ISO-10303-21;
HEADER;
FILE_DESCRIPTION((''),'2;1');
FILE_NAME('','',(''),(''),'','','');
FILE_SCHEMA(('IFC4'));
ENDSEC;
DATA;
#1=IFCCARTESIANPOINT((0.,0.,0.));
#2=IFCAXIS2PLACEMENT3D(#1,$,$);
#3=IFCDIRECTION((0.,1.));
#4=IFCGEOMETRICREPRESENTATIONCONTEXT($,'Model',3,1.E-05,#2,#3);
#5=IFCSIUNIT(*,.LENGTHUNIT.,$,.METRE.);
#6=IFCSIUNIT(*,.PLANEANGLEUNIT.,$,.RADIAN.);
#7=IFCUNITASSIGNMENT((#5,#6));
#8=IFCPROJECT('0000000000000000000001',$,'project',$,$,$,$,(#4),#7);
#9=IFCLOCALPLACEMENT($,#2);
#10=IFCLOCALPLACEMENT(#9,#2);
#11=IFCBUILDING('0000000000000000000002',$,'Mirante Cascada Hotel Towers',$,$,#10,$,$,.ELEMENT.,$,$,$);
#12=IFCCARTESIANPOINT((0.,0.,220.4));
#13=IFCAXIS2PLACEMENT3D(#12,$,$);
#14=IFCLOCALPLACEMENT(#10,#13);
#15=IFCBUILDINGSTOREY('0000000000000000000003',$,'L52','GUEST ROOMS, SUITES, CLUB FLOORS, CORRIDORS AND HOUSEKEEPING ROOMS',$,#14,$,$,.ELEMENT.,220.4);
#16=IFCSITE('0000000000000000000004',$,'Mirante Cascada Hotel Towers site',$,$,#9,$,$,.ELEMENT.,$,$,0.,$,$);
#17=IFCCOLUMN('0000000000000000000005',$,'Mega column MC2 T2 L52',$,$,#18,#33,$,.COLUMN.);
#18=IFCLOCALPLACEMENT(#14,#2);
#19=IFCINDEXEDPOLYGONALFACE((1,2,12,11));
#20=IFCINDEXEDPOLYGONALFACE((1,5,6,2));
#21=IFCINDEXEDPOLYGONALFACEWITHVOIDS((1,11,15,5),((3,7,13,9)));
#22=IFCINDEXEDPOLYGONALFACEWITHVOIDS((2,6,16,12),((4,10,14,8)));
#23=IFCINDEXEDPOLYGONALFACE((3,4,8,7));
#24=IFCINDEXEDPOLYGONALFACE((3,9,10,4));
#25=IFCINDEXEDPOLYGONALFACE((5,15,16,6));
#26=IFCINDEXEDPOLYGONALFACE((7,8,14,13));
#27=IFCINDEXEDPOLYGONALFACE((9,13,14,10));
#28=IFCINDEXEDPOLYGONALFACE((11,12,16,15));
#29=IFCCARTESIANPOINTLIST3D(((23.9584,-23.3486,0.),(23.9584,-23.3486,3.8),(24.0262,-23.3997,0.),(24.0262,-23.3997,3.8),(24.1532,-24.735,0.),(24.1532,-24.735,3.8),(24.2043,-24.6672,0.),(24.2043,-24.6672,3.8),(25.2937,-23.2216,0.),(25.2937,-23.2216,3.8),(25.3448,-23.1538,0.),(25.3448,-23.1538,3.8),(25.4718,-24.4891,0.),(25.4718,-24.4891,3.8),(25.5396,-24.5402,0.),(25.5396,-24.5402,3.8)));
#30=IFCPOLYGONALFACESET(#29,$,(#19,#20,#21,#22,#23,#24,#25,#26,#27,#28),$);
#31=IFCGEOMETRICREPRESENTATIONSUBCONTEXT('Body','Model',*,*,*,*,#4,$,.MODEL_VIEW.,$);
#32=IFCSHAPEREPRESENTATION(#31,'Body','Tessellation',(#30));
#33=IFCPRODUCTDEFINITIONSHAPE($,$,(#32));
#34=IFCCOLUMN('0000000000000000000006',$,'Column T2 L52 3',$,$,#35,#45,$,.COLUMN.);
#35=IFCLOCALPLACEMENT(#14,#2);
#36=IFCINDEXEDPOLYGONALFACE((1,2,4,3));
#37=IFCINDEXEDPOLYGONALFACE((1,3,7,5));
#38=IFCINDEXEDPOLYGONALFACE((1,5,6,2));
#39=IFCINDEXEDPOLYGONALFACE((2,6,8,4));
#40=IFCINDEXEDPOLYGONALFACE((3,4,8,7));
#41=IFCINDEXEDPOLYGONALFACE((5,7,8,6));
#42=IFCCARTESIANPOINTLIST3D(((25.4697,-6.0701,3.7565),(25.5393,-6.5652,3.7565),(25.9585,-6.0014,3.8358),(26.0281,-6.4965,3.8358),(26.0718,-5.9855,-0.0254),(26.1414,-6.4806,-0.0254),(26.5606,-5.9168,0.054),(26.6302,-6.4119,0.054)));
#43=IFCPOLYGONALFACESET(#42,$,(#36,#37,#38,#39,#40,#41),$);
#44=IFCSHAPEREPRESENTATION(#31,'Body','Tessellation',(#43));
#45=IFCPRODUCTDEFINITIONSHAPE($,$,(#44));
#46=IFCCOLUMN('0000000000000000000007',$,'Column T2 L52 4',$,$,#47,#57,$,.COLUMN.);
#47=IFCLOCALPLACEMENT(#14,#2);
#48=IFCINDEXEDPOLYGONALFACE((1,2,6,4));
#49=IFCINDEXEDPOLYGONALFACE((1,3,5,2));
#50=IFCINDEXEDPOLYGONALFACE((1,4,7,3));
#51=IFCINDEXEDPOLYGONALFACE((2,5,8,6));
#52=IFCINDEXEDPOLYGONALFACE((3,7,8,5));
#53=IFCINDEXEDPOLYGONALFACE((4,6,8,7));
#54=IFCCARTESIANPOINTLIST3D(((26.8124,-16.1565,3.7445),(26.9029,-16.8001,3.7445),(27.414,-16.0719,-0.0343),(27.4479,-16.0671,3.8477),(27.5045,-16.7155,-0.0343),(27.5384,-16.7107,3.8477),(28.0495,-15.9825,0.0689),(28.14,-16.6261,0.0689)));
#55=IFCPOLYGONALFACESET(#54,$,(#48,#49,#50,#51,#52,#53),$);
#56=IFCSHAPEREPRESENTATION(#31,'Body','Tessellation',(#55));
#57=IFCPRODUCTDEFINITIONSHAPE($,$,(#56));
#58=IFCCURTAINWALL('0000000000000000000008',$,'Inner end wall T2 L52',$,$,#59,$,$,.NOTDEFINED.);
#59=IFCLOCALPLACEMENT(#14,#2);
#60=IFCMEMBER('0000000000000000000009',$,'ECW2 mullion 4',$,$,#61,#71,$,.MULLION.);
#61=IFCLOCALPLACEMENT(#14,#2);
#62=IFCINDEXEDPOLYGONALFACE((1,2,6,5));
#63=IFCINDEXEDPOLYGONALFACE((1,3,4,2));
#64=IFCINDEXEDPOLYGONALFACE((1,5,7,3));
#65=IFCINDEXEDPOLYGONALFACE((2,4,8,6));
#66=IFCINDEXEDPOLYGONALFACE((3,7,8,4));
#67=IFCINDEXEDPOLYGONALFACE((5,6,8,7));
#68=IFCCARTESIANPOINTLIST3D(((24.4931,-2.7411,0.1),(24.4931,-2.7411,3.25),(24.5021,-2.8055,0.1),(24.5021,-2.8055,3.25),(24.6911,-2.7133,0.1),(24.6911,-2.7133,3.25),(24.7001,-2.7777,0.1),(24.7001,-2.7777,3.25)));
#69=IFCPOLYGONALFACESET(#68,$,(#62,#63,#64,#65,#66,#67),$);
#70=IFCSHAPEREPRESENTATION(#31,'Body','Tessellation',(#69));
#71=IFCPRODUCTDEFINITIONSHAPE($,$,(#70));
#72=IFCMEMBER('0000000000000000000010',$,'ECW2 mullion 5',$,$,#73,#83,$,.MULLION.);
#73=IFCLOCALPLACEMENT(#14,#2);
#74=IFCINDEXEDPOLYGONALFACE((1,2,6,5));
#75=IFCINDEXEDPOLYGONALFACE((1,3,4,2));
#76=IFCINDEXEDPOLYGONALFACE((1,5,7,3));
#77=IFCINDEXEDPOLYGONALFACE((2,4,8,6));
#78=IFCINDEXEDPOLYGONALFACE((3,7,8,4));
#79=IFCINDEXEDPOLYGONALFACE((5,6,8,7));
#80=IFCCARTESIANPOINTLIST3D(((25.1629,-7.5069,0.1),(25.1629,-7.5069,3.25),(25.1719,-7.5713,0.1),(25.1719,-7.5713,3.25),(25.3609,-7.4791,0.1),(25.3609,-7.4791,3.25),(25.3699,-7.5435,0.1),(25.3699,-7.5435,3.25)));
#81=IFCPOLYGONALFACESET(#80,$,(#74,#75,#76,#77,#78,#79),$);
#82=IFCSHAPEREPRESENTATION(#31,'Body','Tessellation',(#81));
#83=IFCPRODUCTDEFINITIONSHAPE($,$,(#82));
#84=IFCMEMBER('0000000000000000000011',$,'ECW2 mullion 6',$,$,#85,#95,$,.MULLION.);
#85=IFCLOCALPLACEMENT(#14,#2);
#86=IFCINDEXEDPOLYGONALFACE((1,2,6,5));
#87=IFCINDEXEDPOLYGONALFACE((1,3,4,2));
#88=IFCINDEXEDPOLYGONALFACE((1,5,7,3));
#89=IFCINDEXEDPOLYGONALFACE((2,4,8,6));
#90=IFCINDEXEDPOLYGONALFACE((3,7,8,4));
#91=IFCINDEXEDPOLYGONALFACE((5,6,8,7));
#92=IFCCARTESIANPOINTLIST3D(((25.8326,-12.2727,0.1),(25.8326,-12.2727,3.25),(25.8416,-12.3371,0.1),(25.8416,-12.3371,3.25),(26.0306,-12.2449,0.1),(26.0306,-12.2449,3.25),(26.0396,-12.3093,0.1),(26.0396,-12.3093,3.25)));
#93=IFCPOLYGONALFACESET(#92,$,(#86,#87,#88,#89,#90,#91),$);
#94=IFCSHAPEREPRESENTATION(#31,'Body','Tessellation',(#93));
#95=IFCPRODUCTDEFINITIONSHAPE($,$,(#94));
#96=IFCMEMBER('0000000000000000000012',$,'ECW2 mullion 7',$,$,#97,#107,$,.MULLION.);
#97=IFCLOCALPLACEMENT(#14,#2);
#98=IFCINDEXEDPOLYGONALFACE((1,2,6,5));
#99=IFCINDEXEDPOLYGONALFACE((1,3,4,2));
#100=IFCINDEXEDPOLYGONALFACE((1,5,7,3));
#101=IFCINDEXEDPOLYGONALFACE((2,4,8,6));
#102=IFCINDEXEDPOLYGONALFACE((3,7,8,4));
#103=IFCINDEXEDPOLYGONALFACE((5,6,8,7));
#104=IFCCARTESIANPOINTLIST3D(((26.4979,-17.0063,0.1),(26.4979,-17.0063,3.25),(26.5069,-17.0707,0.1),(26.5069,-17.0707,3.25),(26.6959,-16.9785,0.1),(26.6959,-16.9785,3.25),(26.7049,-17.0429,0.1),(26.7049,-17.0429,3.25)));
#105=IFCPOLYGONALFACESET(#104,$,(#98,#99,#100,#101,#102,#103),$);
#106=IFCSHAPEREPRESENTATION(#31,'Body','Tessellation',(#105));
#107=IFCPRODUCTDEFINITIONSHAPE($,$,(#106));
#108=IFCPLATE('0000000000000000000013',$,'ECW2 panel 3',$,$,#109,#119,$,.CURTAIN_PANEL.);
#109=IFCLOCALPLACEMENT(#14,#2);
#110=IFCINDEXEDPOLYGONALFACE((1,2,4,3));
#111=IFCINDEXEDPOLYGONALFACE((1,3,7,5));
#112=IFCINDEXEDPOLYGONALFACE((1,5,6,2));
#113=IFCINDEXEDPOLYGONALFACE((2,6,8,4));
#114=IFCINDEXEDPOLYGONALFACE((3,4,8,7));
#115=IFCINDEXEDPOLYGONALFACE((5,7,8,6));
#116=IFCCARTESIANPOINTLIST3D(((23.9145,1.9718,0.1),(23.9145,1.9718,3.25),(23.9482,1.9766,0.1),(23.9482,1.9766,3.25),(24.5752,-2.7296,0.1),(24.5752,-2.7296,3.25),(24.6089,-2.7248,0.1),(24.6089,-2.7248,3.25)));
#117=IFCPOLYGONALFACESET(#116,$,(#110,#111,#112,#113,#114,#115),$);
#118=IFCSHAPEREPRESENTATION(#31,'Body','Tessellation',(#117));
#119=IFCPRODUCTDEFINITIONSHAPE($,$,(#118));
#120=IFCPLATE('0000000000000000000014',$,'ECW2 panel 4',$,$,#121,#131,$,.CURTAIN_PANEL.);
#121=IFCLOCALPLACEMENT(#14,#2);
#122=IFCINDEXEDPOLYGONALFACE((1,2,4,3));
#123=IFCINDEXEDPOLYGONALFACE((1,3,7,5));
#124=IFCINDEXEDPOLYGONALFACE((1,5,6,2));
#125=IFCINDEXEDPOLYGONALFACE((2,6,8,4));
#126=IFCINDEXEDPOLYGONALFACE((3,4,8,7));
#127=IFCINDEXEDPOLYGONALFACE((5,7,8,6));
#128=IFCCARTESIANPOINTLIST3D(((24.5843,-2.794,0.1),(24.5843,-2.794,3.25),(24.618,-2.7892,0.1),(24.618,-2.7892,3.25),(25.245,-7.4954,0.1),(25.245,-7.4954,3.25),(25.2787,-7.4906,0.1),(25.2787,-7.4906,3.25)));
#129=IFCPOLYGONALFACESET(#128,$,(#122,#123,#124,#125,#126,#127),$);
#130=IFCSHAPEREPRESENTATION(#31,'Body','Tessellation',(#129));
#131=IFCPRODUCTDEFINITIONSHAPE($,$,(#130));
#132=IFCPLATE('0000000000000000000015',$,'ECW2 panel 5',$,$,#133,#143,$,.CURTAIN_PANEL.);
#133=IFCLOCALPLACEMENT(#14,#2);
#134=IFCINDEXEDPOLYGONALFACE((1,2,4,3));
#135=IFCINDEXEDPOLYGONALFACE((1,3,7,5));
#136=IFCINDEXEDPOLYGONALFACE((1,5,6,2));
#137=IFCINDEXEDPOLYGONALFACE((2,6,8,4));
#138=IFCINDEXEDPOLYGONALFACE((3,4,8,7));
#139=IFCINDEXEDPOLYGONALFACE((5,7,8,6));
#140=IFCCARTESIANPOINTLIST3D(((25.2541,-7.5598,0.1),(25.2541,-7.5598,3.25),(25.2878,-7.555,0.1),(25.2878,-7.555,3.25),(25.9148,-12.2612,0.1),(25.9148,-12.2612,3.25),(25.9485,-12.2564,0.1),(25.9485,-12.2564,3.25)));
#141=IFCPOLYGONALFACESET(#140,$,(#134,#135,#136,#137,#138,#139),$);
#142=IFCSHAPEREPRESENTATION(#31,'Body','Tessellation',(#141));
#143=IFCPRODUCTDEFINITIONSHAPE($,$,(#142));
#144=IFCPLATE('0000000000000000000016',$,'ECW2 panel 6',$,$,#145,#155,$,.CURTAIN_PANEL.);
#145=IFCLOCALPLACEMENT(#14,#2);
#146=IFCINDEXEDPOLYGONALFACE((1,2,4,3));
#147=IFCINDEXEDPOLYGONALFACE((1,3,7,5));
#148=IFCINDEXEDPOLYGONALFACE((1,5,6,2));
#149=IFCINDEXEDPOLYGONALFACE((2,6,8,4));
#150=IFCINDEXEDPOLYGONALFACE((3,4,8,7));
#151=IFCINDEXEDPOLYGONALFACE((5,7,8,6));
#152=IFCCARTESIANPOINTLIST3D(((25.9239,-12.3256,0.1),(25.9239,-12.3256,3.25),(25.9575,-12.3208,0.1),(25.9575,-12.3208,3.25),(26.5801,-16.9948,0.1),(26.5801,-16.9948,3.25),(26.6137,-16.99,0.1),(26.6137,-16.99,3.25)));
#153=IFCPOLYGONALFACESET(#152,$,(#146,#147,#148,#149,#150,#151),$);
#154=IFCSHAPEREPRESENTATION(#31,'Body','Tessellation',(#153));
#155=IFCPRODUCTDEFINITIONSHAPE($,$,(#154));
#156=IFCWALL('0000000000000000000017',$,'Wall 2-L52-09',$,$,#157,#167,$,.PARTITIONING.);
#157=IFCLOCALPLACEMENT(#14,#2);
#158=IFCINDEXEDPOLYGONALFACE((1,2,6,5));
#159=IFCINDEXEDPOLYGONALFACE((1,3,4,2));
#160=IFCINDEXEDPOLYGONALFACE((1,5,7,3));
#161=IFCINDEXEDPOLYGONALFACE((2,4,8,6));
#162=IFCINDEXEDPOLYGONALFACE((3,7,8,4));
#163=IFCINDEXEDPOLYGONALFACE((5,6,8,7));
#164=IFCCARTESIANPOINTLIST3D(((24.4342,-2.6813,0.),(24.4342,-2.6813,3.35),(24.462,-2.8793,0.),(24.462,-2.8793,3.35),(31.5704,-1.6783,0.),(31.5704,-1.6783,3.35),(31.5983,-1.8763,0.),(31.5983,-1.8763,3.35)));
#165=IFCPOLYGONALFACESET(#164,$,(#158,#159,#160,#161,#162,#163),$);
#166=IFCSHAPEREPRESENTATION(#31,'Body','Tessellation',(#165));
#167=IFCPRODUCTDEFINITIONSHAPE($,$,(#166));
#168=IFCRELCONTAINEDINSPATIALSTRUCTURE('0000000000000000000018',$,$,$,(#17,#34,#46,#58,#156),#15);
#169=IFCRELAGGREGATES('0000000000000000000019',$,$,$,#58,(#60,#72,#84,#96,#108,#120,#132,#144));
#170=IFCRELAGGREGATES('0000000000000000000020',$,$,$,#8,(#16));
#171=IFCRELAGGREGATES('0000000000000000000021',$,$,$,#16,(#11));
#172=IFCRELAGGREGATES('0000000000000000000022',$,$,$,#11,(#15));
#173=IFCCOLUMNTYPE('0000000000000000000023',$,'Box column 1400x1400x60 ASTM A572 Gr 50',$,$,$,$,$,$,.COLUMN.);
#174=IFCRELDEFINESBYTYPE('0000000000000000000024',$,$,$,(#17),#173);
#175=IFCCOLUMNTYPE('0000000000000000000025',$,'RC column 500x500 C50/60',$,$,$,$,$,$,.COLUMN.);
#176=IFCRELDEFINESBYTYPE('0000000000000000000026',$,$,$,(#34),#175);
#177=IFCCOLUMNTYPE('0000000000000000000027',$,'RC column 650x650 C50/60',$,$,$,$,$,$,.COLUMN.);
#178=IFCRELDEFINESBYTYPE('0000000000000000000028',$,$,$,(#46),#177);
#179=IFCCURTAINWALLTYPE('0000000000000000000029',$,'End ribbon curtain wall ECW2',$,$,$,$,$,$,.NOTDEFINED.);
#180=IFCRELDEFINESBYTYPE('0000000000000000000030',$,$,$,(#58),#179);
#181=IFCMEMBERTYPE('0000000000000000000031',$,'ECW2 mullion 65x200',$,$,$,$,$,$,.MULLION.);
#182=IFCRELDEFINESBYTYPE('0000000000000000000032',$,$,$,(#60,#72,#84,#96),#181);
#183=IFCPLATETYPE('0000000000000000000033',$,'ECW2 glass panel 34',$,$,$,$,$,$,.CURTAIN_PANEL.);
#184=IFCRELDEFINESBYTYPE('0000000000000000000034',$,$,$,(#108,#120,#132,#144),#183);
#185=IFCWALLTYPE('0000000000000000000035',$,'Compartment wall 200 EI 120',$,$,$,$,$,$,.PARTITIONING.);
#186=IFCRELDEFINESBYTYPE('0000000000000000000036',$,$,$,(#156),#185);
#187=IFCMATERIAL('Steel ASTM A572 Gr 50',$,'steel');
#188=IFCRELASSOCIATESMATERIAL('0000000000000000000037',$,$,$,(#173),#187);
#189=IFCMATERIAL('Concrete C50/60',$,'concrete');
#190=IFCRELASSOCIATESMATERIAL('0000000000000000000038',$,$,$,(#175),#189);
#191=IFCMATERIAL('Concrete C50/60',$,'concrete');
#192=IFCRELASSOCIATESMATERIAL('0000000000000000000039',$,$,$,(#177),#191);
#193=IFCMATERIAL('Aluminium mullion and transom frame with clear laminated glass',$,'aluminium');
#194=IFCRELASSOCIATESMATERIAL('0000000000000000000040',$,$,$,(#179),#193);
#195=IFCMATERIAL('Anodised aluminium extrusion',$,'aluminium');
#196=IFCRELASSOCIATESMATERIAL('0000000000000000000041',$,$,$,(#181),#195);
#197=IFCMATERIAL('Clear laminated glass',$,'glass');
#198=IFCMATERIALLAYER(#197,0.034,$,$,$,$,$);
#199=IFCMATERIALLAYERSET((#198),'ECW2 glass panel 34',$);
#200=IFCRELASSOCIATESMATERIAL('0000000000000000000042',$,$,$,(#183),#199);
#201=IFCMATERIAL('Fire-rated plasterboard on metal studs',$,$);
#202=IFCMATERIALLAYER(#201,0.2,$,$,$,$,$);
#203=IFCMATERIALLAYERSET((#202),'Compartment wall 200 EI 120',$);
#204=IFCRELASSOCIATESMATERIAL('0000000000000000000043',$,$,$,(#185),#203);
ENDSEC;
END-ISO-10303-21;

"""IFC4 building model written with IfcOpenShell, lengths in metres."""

from ifc_helpers import new_model, si_unit, direction, frame, frame_2d, origin, origin_2d, place, context, subcontext, project, spatial, rectangle, hollow_rectangle, extrude, material, layer, layer_set, material_profile, profile_set, type_object, element, aggregate, save


model = new_model("IFC4")

# Units and contexts
model_context = context("Model", 3, precision=1e-05, world=origin(), true_north=direction((0.0, 1.0)))
body_context = subcontext(model_context, "Body", "Model", "MODEL_VIEW")
ifc_project = project(units=[si_unit("LENGTHUNIT", "METRE"), si_unit("PLANEANGLEUNIT", "RADIAN")], contexts=[model_context])

# Site, building, storey
site_placement = place(None, origin())
site = spatial("IfcSite", under=ifc_project, at=site_placement, Name="Mirante Cascada Hotel Towers site", CompositionType="ELEMENT", RefElevation=0.0)
building_placement = place(site_placement, origin())
building = spatial("IfcBuilding", under=site, at=building_placement, Name="Mirante Cascada Hotel Towers", CompositionType="ELEMENT")
storey_placement = place(building_placement, frame((0.0, 0.0, 220.4)))
storey = spatial("IfcBuildingStorey", under=building, at=storey_placement, Name="L52", Description="GUEST ROOMS, SUITES, CLUB FLOORS, CORRIDORS AND HOUSEKEEPING ROOMS", CompositionType="ELEMENT", Elevation=220.4)

# Columns
ifc_material_1 = material(Name="Steel ASTM A572 Gr 50", Category="steel")
ifc_material_profile_1 = material_profile(ifc_material_1, hollow_rectangle(XDim=1.4, YDim=1.4, WallThickness=0.06, at=origin_2d()), Name="Box column 1400x1400x60 ASTM A572 Gr 50")
ifc_profile_set_1 = profile_set([ifc_material_profile_1], Name="Steel ASTM A572 Gr 50")
column_type_1 = type_object("IfcColumnType", Name="Box column 1400x1400x60 ASTM A572 Gr 50", PredefinedType="COLUMN", material=ifc_profile_set_1)
column_1_placement = place(storey_placement, frame((24.749, -23.9444, 0.0), z_axis=(0.0, 0.0, 1.0), x_axis=(0.990268, 0.139173, 0.0)))
element("IfcColumn", 1, at=column_1_placement, inside=storey, type_object=column_type_1, Name="Mega column MC2 T2 L52", PredefinedType="COLUMN", context=body_context, shape_type="SweptSolid", body=[
    extrude(hollow_rectangle(XDim=1.4, YDim=1.4, WallThickness=0.06, at=origin_2d()), origin(), (0.0, 0.0, 1.0), 3.8),
])
ifc_material_2 = material(Name="Concrete C50/60", Category="concrete")
ifc_material_profile_2 = material_profile(ifc_material_2, rectangle(XDim=0.5, YDim=0.5, at=origin_2d()), Name="RC column 500x500 C50/60")
ifc_profile_set_2 = profile_set([ifc_material_profile_2], Name="Concrete C50/60")
column_type_2 = type_object("IfcColumnType", Name="RC column 500x500 C50/60", PredefinedType="COLUMN", material=ifc_profile_set_2)
column_2_placement = place(storey_placement, frame((26.351, -6.1987, 0.0143), z_axis=(-0.157191, -0.022087, 0.987321), x_axis=(0.139141, -0.990272, 0.0)))
element("IfcColumn", 2, at=column_2_placement, inside=storey, type_object=column_type_2, Name="Column T2 L52 3", PredefinedType="COLUMN", context=body_context, shape_type="SweptSolid", body=[
    extrude(rectangle(XDim=0.5, YDim=0.5, at=origin_2d()), origin(), (0.0, 0.0, 1.0), 3.8304),
])
ifc_material_3 = material(Name="Concrete C50/60", Category="concrete")
ifc_material_profile_3 = material_profile(ifc_material_3, rectangle(XDim=0.65, YDim=0.65, at=origin_2d()), Name="RC column 650x650 C50/60")
ifc_profile_set_3 = profile_set([ifc_material_profile_3], Name="Concrete C50/60")
column_type_3 = type_object("IfcColumnType", Name="RC column 650x650 C50/60", PredefinedType="COLUMN", material=ifc_profile_set_3)
column_3_placement = place(storey_placement, frame((27.777, -16.349, 0.0173), z_axis=(-0.157186, -0.022104, 0.987322), x_axis=(0.139255, -0.990257, 0.0)))
element("IfcColumn", 3, at=column_3_placement, inside=storey, type_object=column_type_3, Name="Column T2 L52 4", PredefinedType="COLUMN", context=body_context, shape_type="SweptSolid", body=[
    extrude(rectangle(XDim=0.65, YDim=0.65, at=origin_2d()), origin(), (0.0, 0.0, 1.0), 3.8273),
])

# Curtain wall, members, plates
ifc_material_4 = material(Name="Aluminium mullion and transom frame with clear laminated glass", Category="aluminium")
curtain_wall_type = type_object("IfcCurtainWallType", Name="End ribbon curtain wall ECW2", PredefinedType="NOTDEFINED", material=ifc_material_4)
curtain_wall_placement = place(storey_placement, origin())
curtain_wall = element("IfcCurtainWall", 4, at=curtain_wall_placement, inside=storey, type_object=curtain_wall_type, Name="Inner end wall T2 L52", PredefinedType="NOTDEFINED")
ifc_material_5 = material(Name="Anodised aluminium extrusion", Category="aluminium")
ifc_material_profile_4 = material_profile(ifc_material_5, rectangle(XDim=0.2, YDim=0.065, at=origin_2d()), Name="ECW2 MULLION 65x200")
ifc_profile_set_4 = profile_set([ifc_material_profile_4], Name="Anodised aluminium extrusion")
member_type = type_object("IfcMemberType", Name="ECW2 mullion 65x200", PredefinedType="MULLION", material=ifc_profile_set_4)
member_1_placement = place(storey_placement, frame((24.5966, -2.7594, 0.1), z_axis=(0.0, 0.0, 1.0), x_axis=(0.990268, 0.139173, 0.0)))
member_1 = element("IfcMember", 5, at=member_1_placement, type_object=member_type, Name="ECW2 mullion 4", PredefinedType="MULLION", context=body_context, shape_type="SweptSolid", body=[
    extrude(rectangle(XDim=0.2, YDim=0.065, at=origin_2d()), origin(), (0.0, 0.0, 1.0), 3.15),
])
member_2_placement = place(storey_placement, frame((25.2664, -7.5252, 0.1), z_axis=(0.0, 0.0, 1.0), x_axis=(0.990268, 0.139173, 0.0)))
member_2 = element("IfcMember", 6, at=member_2_placement, type_object=member_type, Name="ECW2 mullion 5", PredefinedType="MULLION", context=body_context, shape_type="SweptSolid", body=[
    extrude(rectangle(XDim=0.2, YDim=0.065, at=origin_2d()), origin(), (0.0, 0.0, 1.0), 3.15),
])
member_3_placement = place(storey_placement, frame((25.9361, -12.291, 0.1), z_axis=(0.0, 0.0, 1.0), x_axis=(0.990268, 0.139173, 0.0)))
member_3 = element("IfcMember", 7, at=member_3_placement, type_object=member_type, Name="ECW2 mullion 6", PredefinedType="MULLION", context=body_context, shape_type="SweptSolid", body=[
    extrude(rectangle(XDim=0.2, YDim=0.065, at=origin_2d()), origin(), (0.0, 0.0, 1.0), 3.15),
])
member_4_placement = place(storey_placement, frame((26.6014, -17.0246, 0.1), z_axis=(0.0, 0.0, 1.0), x_axis=(0.990268, 0.139173, 0.0)))
member_4 = element("IfcMember", 8, at=member_4_placement, type_object=member_type, Name="ECW2 mullion 7", PredefinedType="MULLION", context=body_context, shape_type="SweptSolid", body=[
    extrude(rectangle(XDim=0.2, YDim=0.065, at=origin_2d()), origin(), (0.0, 0.0, 1.0), 3.15),
])
ifc_material_6 = material(Name="Clear laminated glass", Category="glass")
ifc_layer_1 = layer(ifc_material_6, 0.034)
ifc_layer_set_1 = layer_set([ifc_layer_1], Name="ECW2 glass panel 34")
plate_type = type_object("IfcPlateType", Name="ECW2 glass panel 34", PredefinedType="CURTAIN_PANEL", material=ifc_layer_set_1)
plate_1_placement = place(storey_placement, frame((24.2617, -0.3765, 0.1), z_axis=(0.0, 0.0, 1.0), x_axis=(0.139173, -0.990268, 0.0)))
plate_1 = element("IfcPlate", 9, at=plate_1_placement, type_object=plate_type, Name="ECW2 panel 3", PredefinedType="CURTAIN_PANEL", context=body_context, shape_type="SweptSolid", body=[
    extrude(rectangle(XDim=4.7476, YDim=0.034, at=origin_2d()), origin(), (0.0, 0.0, 1.0), 3.15),
])
plate_2_placement = place(storey_placement, frame((24.9315, -5.1423, 0.1), z_axis=(0.0, 0.0, 1.0), x_axis=(0.139173, -0.990268, 0.0)))
plate_2 = element("IfcPlate", 10, at=plate_2_placement, type_object=plate_type, Name="ECW2 panel 4", PredefinedType="CURTAIN_PANEL", context=body_context, shape_type="SweptSolid", body=[
    extrude(rectangle(XDim=4.7476, YDim=0.034, at=origin_2d()), origin(), (0.0, 0.0, 1.0), 3.15),
])
plate_3_placement = place(storey_placement, frame((25.6013, -9.9081, 0.1), z_axis=(0.0, 0.0, 1.0), x_axis=(0.139173, -0.990268, 0.0)))
plate_3 = element("IfcPlate", 11, at=plate_3_placement, type_object=plate_type, Name="ECW2 panel 5", PredefinedType="CURTAIN_PANEL", context=body_context, shape_type="SweptSolid", body=[
    extrude(rectangle(XDim=4.7476, YDim=0.034, at=origin_2d()), origin(), (0.0, 0.0, 1.0), 3.15),
])
plate_4_placement = place(storey_placement, frame((26.2688, -14.6578, 0.1), z_axis=(0.0, 0.0, 1.0), x_axis=(0.139173, -0.990268, 0.0)))
plate_4 = element("IfcPlate", 12, at=plate_4_placement, type_object=plate_type, Name="ECW2 panel 6", PredefinedType="CURTAIN_PANEL", context=body_context, shape_type="SweptSolid", body=[
    extrude(rectangle(XDim=4.7151, YDim=0.034, at=origin_2d()), origin(), (0.0, 0.0, 1.0), 3.15),
])
aggregate(curtain_wall, [member_1, member_2, member_3, member_4, plate_1, plate_2, plate_3, plate_4])

# Wall
ifc_material_7 = material(Name="Fire-rated plasterboard on metal studs")
ifc_layer_2 = layer(ifc_material_7, 0.2)
ifc_layer_set_2 = layer_set([ifc_layer_2], Name="Compartment wall 200 EI 120")
wall_type_1 = type_object("IfcWallType", Name="Compartment wall 200 EI 120", PredefinedType="PARTITIONING", material=ifc_layer_set_2)
wall_1_placement = place(storey_placement, frame((24.4481, -2.7803, 0.0), z_axis=(0.0, 0.0, 1.0), x_axis=(0.990267, 0.139181, 0.0)))
element("IfcWall", 13, at=wall_1_placement, inside=storey, type_object=wall_type_1, Name="Wall 2-L52-09", PredefinedType="PARTITIONING", context=body_context, shape_type="SweptSolid", body=[
    extrude(rectangle(XDim=7.2064, YDim=0.2, at=frame_2d((3.6032, 0.0))), origin(), (0.0, 0.0, 1.0), 3.35),
])

save(model, "model.ifc")
